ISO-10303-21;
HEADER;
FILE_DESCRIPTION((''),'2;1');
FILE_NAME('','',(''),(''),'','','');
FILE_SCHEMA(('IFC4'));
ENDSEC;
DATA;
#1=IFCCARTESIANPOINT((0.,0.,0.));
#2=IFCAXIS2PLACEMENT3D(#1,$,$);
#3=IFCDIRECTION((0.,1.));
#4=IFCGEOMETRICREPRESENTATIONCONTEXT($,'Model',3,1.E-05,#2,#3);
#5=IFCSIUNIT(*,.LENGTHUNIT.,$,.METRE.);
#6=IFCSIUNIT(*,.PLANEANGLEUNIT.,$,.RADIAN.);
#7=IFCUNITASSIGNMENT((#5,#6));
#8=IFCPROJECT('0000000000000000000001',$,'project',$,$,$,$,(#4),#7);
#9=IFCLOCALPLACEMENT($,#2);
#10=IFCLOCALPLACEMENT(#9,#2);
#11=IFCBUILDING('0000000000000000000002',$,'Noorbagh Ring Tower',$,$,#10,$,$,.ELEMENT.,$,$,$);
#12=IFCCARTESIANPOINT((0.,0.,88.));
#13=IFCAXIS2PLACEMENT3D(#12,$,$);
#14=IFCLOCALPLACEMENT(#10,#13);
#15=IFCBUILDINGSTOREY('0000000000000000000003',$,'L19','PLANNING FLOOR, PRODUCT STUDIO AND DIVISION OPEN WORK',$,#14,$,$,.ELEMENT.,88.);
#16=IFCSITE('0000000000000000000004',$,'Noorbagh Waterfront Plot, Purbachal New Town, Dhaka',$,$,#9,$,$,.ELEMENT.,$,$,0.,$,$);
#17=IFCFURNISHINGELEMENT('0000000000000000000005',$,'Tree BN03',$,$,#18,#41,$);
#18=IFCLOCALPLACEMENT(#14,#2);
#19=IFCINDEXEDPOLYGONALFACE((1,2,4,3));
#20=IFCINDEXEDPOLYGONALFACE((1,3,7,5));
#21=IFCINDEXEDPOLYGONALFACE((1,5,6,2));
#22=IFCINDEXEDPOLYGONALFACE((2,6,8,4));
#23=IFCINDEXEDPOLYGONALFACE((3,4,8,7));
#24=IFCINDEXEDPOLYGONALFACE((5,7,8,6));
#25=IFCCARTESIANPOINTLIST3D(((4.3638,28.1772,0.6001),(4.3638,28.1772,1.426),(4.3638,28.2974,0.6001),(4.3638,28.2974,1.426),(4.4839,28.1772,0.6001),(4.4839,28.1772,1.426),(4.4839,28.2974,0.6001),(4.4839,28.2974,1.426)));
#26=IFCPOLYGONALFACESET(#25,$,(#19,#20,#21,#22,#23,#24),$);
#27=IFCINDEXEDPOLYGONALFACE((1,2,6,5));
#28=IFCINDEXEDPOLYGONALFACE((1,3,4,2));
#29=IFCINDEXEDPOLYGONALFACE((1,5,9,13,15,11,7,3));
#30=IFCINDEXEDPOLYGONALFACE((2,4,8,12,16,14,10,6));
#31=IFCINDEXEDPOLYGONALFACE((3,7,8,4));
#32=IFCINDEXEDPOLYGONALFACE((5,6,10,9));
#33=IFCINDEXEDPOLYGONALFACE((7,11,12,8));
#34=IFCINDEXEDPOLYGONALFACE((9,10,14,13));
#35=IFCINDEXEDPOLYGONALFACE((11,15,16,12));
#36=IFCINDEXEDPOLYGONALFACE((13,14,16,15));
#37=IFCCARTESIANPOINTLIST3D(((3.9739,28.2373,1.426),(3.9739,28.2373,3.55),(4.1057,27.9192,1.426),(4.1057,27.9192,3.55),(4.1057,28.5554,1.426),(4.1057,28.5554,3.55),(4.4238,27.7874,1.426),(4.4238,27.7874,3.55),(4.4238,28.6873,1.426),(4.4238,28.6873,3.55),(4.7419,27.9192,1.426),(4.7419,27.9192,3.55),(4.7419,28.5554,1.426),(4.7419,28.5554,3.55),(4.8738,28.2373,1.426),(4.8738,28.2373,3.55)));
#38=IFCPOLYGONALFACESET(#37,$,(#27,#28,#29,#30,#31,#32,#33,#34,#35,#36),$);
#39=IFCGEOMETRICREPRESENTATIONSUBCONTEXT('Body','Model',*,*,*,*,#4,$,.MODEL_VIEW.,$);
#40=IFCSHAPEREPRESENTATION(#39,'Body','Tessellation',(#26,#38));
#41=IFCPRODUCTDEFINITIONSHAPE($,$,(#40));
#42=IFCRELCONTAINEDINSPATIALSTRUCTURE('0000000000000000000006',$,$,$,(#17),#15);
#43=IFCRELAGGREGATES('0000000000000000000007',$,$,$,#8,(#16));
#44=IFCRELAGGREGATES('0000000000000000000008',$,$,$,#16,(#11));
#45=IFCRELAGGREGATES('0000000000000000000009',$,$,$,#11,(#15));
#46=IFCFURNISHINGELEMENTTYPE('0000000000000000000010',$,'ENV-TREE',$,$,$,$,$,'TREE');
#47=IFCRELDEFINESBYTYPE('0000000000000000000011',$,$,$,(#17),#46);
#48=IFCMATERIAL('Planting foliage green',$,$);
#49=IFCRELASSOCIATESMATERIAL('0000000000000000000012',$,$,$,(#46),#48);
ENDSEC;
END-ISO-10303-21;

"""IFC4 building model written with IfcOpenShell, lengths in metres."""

from ifc_helpers import new_model, si_unit, direction, frame, origin, origin_2d, place, context, subcontext, project, spatial, polyline, rectangle, outline, extrude, material, type_object, element, save


model = new_model("IFC4")

# Units and contexts
model_context = context("Model", 3, precision=1e-05, world=origin(), true_north=direction((0.0, 1.0)))
body_context = subcontext(model_context, "Body", "Model", "MODEL_VIEW")
ifc_project = project(units=[si_unit("LENGTHUNIT", "METRE"), si_unit("PLANEANGLEUNIT", "RADIAN")], contexts=[model_context])

# Site, building, storey
site_placement = place(None, origin())
site = spatial("IfcSite", under=ifc_project, at=site_placement, Name="Noorbagh Waterfront Plot, Purbachal New Town, Dhaka", CompositionType="ELEMENT", RefElevation=0.0)
building_placement = place(site_placement, origin())
building = spatial("IfcBuilding", under=site, at=building_placement, Name="Noorbagh Ring Tower", CompositionType="ELEMENT")
storey_placement = place(building_placement, frame((0.0, 0.0, 88.0)))
storey = spatial("IfcBuildingStorey", under=building, at=storey_placement, Name="L19", Description="PLANNING FLOOR, PRODUCT STUDIO AND DIVISION OPEN WORK", CompositionType="ELEMENT", Elevation=88.0)

# Furnishing element
ifc_material_1 = material(Name="Planting foliage green")
furnishing_element_type = type_object("IfcFurnishingElementType", Name="ENV-TREE", ElementType="TREE", material=ifc_material_1)
furnishing_placement = place(storey_placement, frame((4.4238, 28.2373, 0.6001), z_axis=(0.0, 0.0, 1.0), x_axis=(1.0, 0.0, 0.0)))
element("IfcFurnishingElement", 1, at=furnishing_placement, inside=storey, type_object=furnishing_element_type, Name="Tree BN03", context=body_context, shape_type="SweptSolid", body=[
    extrude(rectangle(XDim=0.1201, YDim=0.1201, at=origin_2d()), origin(), (0.0, 0.0, 1.0), 0.8259),
    extrude(outline(polyline([(0.45, 0.0), (0.3181, 0.3181), (0.0, 0.45), (-0.3181, 0.3181), (-0.45, 0.0), (-0.3181, -0.3181), (0.0, -0.45), (0.3181, -0.3181), (0.45, 0.0)])), frame((0.0, 0.0, 0.8259)), (0.0, 0.0, 1.0), 2.124),
])

save(model, "model.ifc")
